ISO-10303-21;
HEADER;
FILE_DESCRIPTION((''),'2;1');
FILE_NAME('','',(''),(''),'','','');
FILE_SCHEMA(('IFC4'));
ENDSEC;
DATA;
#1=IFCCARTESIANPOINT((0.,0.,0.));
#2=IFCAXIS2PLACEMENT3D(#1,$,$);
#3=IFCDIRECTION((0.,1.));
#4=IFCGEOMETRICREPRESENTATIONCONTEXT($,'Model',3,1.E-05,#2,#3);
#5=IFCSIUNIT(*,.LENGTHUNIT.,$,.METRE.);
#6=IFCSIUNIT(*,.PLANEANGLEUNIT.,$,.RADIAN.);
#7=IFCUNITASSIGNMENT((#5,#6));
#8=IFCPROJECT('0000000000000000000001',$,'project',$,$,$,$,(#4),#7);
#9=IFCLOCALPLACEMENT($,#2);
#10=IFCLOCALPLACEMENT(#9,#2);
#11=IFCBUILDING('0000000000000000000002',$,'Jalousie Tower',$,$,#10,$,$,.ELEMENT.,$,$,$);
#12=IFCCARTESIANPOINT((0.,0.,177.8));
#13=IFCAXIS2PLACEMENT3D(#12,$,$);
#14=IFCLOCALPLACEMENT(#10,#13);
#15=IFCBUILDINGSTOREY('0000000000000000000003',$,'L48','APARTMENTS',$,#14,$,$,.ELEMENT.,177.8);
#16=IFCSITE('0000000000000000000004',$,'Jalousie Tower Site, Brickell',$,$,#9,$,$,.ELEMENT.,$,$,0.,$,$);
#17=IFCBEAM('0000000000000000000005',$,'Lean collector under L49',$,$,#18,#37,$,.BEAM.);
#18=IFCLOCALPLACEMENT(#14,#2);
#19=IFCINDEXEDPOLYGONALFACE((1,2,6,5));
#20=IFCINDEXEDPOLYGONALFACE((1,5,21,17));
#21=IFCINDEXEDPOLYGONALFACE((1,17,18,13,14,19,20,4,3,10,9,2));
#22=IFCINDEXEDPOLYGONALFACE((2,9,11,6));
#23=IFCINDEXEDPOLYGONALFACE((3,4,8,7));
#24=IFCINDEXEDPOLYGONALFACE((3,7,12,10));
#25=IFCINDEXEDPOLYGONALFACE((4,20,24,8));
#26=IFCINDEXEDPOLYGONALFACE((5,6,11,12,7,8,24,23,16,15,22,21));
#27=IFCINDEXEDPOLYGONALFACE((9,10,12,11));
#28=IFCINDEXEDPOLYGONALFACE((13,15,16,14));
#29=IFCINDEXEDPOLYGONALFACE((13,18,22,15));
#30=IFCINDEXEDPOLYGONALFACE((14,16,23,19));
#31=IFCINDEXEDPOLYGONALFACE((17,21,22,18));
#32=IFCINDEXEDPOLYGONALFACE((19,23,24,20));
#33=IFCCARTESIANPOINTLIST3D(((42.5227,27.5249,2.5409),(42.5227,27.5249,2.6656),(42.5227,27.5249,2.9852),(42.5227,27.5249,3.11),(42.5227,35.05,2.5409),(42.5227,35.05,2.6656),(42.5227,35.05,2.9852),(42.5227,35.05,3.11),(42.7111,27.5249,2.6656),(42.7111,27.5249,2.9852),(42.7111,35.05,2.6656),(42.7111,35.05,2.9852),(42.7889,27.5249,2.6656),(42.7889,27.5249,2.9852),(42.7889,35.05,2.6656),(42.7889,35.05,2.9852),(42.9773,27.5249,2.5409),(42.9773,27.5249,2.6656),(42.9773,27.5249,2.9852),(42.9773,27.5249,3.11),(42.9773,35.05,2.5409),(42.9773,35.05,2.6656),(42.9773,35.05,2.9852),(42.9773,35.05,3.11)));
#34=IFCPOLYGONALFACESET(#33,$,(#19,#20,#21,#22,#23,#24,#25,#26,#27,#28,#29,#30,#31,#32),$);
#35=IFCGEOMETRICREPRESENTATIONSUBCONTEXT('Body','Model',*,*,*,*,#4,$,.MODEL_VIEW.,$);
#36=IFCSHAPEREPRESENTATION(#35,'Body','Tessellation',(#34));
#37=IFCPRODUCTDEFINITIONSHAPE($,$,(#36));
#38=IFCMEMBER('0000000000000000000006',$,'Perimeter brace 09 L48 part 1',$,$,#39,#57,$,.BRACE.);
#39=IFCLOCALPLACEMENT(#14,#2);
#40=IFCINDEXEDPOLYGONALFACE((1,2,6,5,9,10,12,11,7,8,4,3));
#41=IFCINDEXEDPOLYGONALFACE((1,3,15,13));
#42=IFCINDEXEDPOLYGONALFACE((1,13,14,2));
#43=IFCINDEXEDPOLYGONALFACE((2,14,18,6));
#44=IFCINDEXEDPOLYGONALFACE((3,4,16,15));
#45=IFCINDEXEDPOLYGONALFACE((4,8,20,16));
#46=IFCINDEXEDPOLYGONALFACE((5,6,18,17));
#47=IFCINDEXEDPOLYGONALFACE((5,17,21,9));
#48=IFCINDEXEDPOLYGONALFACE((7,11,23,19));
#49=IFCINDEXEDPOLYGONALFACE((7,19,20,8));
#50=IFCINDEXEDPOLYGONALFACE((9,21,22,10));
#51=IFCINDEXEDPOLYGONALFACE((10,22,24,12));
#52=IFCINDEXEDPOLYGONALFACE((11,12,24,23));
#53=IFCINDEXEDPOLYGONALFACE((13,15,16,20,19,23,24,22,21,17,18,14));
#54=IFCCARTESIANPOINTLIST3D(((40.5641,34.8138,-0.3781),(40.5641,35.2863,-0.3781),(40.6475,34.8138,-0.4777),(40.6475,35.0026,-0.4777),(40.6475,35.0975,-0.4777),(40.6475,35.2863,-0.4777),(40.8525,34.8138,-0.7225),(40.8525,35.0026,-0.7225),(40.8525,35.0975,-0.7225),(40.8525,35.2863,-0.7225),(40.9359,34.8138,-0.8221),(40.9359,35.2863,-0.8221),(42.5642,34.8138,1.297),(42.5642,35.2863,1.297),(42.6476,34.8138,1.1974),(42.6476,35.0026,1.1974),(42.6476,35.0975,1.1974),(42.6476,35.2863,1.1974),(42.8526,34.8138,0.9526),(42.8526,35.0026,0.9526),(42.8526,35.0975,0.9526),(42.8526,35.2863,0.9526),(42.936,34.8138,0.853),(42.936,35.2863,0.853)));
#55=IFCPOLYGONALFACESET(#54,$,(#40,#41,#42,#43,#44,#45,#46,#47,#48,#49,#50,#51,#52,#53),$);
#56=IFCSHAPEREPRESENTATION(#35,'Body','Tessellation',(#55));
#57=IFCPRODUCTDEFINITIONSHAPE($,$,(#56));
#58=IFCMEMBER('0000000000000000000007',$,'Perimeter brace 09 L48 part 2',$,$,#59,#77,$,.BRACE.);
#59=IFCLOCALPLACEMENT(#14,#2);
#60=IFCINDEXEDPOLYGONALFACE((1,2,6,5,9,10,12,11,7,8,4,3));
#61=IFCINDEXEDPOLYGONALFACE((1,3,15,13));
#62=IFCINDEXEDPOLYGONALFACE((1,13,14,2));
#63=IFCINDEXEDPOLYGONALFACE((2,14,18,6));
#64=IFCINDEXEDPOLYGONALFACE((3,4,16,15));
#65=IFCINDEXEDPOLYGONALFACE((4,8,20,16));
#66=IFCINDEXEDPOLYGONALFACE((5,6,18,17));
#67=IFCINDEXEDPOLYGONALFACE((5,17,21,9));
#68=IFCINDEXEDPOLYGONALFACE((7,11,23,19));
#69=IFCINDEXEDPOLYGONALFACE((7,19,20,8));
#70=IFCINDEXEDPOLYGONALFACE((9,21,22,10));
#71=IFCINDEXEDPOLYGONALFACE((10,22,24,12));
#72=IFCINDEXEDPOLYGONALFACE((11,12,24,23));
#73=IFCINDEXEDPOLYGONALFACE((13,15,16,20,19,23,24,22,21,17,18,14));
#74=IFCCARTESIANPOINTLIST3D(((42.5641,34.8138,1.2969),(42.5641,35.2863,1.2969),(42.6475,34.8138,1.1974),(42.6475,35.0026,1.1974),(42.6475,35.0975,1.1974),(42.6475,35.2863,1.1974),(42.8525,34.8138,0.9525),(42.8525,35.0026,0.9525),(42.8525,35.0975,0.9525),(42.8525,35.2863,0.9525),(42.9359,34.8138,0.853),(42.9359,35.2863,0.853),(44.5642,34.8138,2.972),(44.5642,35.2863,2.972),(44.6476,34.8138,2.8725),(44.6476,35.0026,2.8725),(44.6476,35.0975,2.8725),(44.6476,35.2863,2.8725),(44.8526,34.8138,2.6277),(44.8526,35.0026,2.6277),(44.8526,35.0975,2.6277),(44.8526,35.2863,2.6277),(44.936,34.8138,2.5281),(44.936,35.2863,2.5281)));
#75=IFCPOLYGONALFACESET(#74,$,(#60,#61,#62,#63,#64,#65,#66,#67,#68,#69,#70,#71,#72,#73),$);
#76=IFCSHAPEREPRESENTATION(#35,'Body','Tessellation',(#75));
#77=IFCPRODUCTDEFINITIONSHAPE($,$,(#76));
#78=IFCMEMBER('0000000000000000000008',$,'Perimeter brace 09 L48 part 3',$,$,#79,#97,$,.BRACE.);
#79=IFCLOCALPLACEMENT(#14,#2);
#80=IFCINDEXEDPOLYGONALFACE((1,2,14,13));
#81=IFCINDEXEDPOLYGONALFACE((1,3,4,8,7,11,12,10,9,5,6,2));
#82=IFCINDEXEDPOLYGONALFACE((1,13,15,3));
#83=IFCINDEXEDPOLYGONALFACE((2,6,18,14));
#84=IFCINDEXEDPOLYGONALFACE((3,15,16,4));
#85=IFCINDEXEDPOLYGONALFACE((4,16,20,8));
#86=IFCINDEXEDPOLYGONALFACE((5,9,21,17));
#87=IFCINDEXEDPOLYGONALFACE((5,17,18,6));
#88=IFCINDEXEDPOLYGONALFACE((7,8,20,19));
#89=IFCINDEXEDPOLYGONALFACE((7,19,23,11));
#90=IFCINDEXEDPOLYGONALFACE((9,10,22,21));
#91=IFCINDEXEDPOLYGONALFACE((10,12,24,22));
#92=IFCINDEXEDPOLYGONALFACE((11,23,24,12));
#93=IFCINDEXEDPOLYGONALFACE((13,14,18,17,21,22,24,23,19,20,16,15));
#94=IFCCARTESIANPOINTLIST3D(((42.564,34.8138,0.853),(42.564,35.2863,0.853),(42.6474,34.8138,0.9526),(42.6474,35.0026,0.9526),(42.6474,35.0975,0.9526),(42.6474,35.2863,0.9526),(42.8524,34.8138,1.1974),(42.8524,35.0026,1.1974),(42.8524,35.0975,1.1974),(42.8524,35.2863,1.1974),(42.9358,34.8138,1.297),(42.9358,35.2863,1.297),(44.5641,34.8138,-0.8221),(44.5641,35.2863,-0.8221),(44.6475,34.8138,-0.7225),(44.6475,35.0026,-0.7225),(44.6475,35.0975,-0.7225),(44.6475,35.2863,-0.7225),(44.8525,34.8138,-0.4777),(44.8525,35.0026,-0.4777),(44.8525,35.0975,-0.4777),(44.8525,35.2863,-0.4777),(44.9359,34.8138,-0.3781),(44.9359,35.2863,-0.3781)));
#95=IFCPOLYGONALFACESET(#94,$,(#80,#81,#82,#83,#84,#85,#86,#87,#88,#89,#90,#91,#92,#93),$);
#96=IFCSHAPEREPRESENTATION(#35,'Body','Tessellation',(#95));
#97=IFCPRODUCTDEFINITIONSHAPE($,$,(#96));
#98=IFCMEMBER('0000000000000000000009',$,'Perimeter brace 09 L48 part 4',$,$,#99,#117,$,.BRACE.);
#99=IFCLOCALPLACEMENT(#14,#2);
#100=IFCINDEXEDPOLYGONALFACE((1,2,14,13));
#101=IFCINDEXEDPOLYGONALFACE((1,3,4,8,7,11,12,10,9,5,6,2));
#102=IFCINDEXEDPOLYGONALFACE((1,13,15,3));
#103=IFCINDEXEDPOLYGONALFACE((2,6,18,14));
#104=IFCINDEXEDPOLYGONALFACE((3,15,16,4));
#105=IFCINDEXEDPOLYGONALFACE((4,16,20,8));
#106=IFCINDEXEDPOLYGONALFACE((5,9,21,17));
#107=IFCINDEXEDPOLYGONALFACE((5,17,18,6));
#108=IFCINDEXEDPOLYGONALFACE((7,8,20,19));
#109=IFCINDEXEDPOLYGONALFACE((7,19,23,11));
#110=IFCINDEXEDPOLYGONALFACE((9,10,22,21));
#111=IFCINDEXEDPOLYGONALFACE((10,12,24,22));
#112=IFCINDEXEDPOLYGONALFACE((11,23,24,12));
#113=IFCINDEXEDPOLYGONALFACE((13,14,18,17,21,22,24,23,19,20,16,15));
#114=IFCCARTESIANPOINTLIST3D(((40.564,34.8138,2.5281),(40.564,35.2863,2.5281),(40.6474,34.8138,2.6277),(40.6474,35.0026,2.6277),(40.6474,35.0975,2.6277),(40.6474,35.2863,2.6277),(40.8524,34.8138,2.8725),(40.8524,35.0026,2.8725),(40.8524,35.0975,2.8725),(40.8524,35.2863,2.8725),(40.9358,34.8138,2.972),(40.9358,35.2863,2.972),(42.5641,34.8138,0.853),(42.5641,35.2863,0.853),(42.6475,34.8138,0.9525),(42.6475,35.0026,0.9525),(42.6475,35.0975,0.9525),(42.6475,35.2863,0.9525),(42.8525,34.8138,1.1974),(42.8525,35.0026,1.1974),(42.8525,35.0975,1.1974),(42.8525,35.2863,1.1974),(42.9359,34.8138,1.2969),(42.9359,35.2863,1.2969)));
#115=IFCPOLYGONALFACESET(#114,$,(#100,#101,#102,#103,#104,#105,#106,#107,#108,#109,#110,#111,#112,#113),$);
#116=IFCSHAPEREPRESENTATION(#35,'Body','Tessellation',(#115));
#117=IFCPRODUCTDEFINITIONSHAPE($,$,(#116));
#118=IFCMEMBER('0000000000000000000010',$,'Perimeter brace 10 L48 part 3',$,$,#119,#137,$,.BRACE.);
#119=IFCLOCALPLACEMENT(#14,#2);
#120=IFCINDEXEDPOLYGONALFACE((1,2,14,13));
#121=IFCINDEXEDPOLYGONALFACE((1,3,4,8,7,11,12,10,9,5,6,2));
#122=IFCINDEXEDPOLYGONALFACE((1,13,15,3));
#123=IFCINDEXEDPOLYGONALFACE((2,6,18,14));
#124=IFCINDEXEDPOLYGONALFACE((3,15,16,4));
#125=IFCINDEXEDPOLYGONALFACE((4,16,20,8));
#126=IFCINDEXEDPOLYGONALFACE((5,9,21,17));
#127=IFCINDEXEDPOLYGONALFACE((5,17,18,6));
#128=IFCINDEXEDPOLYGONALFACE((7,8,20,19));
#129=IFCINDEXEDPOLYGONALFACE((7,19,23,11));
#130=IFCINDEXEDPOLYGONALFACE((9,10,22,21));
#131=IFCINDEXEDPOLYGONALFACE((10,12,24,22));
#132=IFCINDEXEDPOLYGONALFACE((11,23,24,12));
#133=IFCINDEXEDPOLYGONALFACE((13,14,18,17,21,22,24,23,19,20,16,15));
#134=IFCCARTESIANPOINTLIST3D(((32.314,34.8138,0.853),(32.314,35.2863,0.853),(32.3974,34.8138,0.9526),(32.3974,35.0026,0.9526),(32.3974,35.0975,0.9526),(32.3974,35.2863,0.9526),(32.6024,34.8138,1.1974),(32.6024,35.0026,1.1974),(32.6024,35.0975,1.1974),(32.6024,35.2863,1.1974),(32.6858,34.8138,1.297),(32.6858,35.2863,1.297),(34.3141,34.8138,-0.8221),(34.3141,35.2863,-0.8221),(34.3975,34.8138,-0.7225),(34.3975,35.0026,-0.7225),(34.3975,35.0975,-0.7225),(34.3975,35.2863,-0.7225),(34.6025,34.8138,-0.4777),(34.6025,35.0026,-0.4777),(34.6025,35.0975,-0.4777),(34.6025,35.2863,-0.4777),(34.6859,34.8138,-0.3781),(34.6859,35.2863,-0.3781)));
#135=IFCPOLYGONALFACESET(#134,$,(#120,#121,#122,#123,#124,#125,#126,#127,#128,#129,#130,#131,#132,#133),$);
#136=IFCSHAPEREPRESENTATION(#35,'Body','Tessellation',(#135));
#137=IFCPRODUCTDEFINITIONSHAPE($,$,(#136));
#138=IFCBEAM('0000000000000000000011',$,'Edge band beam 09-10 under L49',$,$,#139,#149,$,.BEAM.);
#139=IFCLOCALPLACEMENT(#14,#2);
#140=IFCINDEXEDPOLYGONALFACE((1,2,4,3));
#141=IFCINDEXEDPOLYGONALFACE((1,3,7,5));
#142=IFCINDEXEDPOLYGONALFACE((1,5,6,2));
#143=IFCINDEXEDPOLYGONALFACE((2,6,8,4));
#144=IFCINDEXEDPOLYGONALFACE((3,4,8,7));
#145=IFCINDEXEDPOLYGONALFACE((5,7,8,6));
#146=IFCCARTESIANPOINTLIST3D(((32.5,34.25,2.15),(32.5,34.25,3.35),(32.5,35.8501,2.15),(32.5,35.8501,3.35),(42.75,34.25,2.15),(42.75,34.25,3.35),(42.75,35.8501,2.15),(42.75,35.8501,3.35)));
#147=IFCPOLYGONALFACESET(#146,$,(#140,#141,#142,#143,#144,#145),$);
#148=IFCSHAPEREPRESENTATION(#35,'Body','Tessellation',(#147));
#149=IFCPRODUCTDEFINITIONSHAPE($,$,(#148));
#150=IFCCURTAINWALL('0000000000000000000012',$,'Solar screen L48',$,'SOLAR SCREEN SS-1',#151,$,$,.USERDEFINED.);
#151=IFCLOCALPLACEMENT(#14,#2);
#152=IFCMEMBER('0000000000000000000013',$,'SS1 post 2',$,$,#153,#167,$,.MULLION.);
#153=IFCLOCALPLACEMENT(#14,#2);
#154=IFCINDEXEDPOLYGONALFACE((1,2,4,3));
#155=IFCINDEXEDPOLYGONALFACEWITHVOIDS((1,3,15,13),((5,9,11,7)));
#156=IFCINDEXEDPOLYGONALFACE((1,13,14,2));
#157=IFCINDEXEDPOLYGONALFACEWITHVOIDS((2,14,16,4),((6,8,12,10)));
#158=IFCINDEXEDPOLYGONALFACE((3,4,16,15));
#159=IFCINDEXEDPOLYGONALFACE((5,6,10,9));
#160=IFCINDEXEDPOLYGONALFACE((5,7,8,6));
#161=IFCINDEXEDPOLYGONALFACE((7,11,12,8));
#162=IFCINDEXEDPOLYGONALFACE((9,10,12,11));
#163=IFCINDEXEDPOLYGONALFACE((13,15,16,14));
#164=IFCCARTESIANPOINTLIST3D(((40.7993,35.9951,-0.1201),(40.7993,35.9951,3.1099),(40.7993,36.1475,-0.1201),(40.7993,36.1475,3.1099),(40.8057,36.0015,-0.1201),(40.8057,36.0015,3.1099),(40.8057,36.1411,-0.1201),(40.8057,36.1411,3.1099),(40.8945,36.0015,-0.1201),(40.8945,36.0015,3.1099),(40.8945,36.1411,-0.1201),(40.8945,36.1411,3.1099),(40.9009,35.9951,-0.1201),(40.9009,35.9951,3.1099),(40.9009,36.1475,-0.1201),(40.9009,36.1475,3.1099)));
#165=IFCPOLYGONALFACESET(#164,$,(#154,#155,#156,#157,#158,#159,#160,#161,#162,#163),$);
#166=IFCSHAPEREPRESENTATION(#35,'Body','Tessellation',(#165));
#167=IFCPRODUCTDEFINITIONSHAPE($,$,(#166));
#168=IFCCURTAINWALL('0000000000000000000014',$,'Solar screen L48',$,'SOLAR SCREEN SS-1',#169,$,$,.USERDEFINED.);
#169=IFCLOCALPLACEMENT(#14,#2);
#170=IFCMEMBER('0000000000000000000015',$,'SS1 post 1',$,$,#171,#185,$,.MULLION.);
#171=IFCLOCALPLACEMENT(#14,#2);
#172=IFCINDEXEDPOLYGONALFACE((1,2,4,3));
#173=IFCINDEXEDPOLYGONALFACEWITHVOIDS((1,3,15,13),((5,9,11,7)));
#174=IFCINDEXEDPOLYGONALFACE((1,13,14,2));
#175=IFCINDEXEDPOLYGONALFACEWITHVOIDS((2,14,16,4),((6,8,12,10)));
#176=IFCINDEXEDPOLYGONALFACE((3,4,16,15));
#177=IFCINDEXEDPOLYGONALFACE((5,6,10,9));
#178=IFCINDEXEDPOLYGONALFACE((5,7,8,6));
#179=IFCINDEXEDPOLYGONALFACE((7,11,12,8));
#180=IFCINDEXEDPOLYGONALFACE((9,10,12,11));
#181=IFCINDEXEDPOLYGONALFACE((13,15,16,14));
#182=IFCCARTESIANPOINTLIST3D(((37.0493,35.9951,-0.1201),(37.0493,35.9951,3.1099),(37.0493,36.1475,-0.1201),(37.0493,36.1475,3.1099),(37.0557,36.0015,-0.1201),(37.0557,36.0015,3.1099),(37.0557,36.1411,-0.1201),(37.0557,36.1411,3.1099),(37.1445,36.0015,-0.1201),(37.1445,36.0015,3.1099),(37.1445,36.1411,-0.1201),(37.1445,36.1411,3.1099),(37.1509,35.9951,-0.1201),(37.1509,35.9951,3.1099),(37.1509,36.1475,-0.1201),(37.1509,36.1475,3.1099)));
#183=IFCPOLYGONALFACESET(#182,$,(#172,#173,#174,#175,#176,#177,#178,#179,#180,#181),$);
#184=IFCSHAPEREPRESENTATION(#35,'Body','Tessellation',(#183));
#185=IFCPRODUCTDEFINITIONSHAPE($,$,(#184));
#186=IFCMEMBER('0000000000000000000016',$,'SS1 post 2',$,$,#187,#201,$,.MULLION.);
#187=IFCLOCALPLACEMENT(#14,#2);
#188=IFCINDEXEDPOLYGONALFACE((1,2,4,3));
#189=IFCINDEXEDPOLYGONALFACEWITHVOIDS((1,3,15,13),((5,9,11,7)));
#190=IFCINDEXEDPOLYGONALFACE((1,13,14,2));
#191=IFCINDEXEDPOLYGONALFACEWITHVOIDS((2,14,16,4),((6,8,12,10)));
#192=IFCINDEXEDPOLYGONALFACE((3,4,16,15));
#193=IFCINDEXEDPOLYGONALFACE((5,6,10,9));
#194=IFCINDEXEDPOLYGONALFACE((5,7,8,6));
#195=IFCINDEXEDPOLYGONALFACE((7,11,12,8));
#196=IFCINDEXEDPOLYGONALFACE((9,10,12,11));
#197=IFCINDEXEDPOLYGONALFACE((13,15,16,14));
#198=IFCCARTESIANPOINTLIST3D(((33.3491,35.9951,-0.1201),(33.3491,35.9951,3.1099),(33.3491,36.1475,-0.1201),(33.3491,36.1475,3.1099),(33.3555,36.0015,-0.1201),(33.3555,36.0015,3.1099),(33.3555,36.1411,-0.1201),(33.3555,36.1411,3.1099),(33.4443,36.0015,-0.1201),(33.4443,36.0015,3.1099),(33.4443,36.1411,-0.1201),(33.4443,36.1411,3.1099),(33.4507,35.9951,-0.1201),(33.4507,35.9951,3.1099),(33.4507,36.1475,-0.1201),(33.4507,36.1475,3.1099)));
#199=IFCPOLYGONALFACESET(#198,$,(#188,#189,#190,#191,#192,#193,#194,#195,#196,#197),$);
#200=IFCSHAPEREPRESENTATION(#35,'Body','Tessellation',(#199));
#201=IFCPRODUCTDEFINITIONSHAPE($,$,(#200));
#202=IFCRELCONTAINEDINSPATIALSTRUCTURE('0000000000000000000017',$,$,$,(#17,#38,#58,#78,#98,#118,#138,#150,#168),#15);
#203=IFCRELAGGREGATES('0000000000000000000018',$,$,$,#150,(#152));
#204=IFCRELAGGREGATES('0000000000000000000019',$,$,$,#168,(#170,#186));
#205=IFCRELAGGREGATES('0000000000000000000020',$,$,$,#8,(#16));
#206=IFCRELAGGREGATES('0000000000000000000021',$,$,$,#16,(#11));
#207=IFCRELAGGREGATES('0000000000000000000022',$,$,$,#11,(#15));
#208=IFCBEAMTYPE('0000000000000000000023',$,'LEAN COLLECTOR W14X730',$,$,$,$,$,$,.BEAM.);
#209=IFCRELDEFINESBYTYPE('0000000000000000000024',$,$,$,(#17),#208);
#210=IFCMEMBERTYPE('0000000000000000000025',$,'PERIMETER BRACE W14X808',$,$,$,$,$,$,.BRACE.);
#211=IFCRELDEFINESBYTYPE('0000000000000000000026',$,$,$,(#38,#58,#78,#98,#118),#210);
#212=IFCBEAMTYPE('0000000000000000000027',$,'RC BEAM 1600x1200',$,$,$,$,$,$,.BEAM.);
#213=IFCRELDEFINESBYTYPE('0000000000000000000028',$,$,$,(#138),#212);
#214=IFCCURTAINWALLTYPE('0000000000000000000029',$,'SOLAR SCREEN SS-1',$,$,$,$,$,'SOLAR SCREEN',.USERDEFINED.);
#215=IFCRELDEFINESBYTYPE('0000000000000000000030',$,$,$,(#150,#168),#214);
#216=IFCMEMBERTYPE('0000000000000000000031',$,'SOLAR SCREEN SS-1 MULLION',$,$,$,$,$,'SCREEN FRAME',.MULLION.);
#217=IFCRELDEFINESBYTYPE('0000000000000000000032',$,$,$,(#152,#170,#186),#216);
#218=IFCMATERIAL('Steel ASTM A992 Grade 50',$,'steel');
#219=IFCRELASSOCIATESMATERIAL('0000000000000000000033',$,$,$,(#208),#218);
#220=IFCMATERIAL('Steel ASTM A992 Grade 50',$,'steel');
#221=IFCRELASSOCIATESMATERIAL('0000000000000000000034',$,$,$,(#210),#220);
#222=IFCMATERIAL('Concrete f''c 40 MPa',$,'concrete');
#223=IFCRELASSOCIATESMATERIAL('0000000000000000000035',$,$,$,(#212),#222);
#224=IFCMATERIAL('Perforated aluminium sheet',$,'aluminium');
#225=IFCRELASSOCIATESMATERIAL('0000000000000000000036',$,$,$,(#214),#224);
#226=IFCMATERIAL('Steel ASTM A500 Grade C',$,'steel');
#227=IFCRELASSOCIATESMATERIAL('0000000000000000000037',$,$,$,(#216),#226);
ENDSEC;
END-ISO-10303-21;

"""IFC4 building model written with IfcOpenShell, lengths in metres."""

from ifc_helpers import new_model, si_unit, direction, frame, origin, origin_2d, place, context, subcontext, project, spatial, rectangle, hollow_rectangle, i_section, extrude, material, material_profile, profile_set, type_object, element, aggregate, save


model = new_model("IFC4")

# Units and contexts
model_context = context("Model", 3, precision=1e-05, world=origin(), true_north=direction((0.0, 1.0)))
body_context = subcontext(model_context, "Body", "Model", "MODEL_VIEW")
ifc_project = project(units=[si_unit("LENGTHUNIT", "METRE"), si_unit("PLANEANGLEUNIT", "RADIAN")], contexts=[model_context])

# Site, building, storey
site_placement = place(None, origin())
site = spatial("IfcSite", under=ifc_project, at=site_placement, Name="Jalousie Tower Site, Brickell", CompositionType="ELEMENT", RefElevation=0.0)
building_placement = place(site_placement, origin())
building = spatial("IfcBuilding", under=site, at=building_placement, Name="Jalousie Tower", CompositionType="ELEMENT")
storey_placement = place(building_placement, frame((0.0, 0.0, 177.8)))
storey = spatial("IfcBuildingStorey", under=building, at=storey_placement, Name="L48", Description="APARTMENTS", CompositionType="ELEMENT", Elevation=177.8)

# Beam
ifc_material_1 = material(Name="Steel ASTM A992 Grade 50", Category="steel")
ifc_material_profile_1 = material_profile(ifc_material_1, i_section(OverallWidth=0.4546, OverallDepth=0.5691, WebThickness=0.0779, FlangeThickness=0.1248, at=origin_2d()), Name="W14X730")
ifc_profile_set_1 = profile_set([ifc_material_profile_1], Name="Steel ASTM A992 Grade 50")
beam_type_1 = type_object("IfcBeamType", Name="LEAN COLLECTOR W14X730", PredefinedType="BEAM", material=ifc_profile_set_1)
beam_1_placement = place(storey_placement, frame((42.75, 35.05, 2.8254), z_axis=(0.0, -1.0, 0.0), x_axis=(1.0, 0.0, 0.0)))
element("IfcBeam", 1, at=beam_1_placement, inside=storey, type_object=beam_type_1, Name="Lean collector under L49", PredefinedType="BEAM", context=body_context, shape_type="SweptSolid", body=[
    extrude(i_section(OverallWidth=0.4546, OverallDepth=0.5691, WebThickness=0.0779, FlangeThickness=0.1248, at=origin_2d()), origin(), (0.0, 0.0, 1.0), 7.5251),
])

# Members
ifc_material_2 = material(Name="Steel ASTM A992 Grade 50", Category="steel")
ifc_material_profile_2 = material_profile(ifc_material_2, i_section(OverallWidth=0.4724, OverallDepth=0.5791, WebThickness=0.095, FlangeThickness=0.1299, at=origin_2d()), Name="W14X808")
ifc_profile_set_2 = profile_set([ifc_material_profile_2], Name="Steel ASTM A992 Grade 50")
member_type_1 = type_object("IfcMemberType", Name="PERIMETER BRACE W14X808", PredefinedType="BRACE", material=ifc_profile_set_2)
for number, where, z_axis, x_axis, name in (
    (2, (40.75, 35.05, -0.6001), (0.766639, 0.0, 0.642079), (0.0, 1.0, 0.0), "Perimeter brace 09 L48 part 1"),
    (3, (42.75, 35.05, 1.075), (0.766639, 0.0, 0.642079), (0.0, 1.0, 0.0), "Perimeter brace 09 L48 part 2"),
    (4, (44.75, 35.05, -0.6001), (-0.766639, 0.0, 0.642079), (0.0, -1.0, 0.0), "Perimeter brace 09 L48 part 3"),
    (5, (42.75, 35.05, 1.075), (-0.766639, 0.0, 0.642079), (0.0, -1.0, 0.0), "Perimeter brace 09 L48 part 4"),
    (6, (34.5, 35.05, -0.6001), (-0.766639, 0.0, 0.642079), (0.0, -1.0, 0.0), "Perimeter brace 10 L48 part 3"),
):
    element("IfcMember", number, at=place(storey_placement, frame(where, z_axis=z_axis, x_axis=x_axis)), inside=storey, type_object=member_type_1, Name=name, PredefinedType="BRACE", context=body_context, shape_type="SweptSolid", body=[
        extrude(i_section(OverallWidth=0.4724, OverallDepth=0.5791, WebThickness=0.095, FlangeThickness=0.1299, at=origin_2d()), origin(), (0.0, 0.0, 1.0), 2.6089),
    ])

# Beam
ifc_material_3 = material(Name="Concrete f'c 40 MPa", Category="concrete")
ifc_material_profile_3 = material_profile(ifc_material_3, rectangle(XDim=1.6001, YDim=1.2, at=origin_2d()), Name="RC 1600x1200")
ifc_profile_set_3 = profile_set([ifc_material_profile_3], Name="Concrete f'c 40 MPa")
beam_type_2 = type_object("IfcBeamType", Name="RC BEAM 1600x1200", PredefinedType="BEAM", material=ifc_profile_set_3)
beam_2_placement = place(storey_placement, frame((42.75, 35.05, 2.75), z_axis=(-1.0, 0.0, 0.0), x_axis=(0.0, -1.0, 0.0)))
element("IfcBeam", 7, at=beam_2_placement, inside=storey, type_object=beam_type_2, Name="Edge band beam 09-10 under L49", PredefinedType="BEAM", context=body_context, shape_type="SweptSolid", body=[
    extrude(rectangle(XDim=1.6001, YDim=1.2, at=origin_2d()), origin(), (0.0, 0.0, 1.0), 10.25),
])

# Curtain wall, member
ifc_material_4 = material(Name="Perforated aluminium sheet", Category="aluminium")
curtain_wall_type = type_object("IfcCurtainWallType", Name="SOLAR SCREEN SS-1", ElementType="SOLAR SCREEN", PredefinedType="USERDEFINED", material=ifc_material_4)
curtain_wall_1_placement = place(storey_placement, origin())
curtain_wall_1 = element("IfcCurtainWall", 8, at=curtain_wall_1_placement, inside=storey, type_object=curtain_wall_type, Name="Solar screen L48", ObjectType="SOLAR SCREEN SS-1", PredefinedType="USERDEFINED")
ifc_material_5 = material(Name="Steel ASTM A500 Grade C", Category="steel")
ifc_material_profile_4 = material_profile(ifc_material_5, hollow_rectangle(XDim=0.1016, YDim=0.1523, WallThickness=0.0063, at=origin_2d()), Name="HSS6X4X1/4")
ifc_profile_set_4 = profile_set([ifc_material_profile_4], Name="Steel ASTM A500 Grade C")
member_type_2 = type_object("IfcMemberType", Name="SOLAR SCREEN SS-1 MULLION", ElementType="SCREEN FRAME", PredefinedType="MULLION", material=ifc_profile_set_4)
member_1_placement = place(storey_placement, frame((40.8501, 36.0713, -0.1201), z_axis=(0.0, 0.0, 1.0), x_axis=(-1.0, 0.0, 0.0)))
member_1 = element("IfcMember", 9, at=member_1_placement, type_object=member_type_2, Name="SS1 post 2", PredefinedType="MULLION", context=body_context, shape_type="SweptSolid", body=[
    extrude(hollow_rectangle(XDim=0.1016, YDim=0.1523, WallThickness=0.0063, at=origin_2d()), origin(), (0.0, 0.0, 1.0), 3.23),
])

# Curtain wall, members
curtain_wall_2_placement = place(storey_placement, origin())
curtain_wall_2 = element("IfcCurtainWall", 10, at=curtain_wall_2_placement, inside=storey, type_object=curtain_wall_type, Name="Solar screen L48", ObjectType="SOLAR SCREEN SS-1", PredefinedType="USERDEFINED")
member_2_placement = place(storey_placement, frame((37.1001, 36.0713, -0.1201), z_axis=(0.0, 0.0, 1.0), x_axis=(-1.0, 0.0, 0.0)))
member_2 = element("IfcMember", 11, at=member_2_placement, type_object=member_type_2, Name="SS1 post 1", PredefinedType="MULLION", context=body_context, shape_type="SweptSolid", body=[
    extrude(hollow_rectangle(XDim=0.1016, YDim=0.1523, WallThickness=0.0063, at=origin_2d()), origin(), (0.0, 0.0, 1.0), 3.23),
])
member_3_placement = place(storey_placement, frame((33.3999, 36.0713, -0.1201), z_axis=(0.0, 0.0, 1.0), x_axis=(-1.0, 0.0, 0.0)))
member_3 = element("IfcMember", 12, at=member_3_placement, type_object=member_type_2, Name="SS1 post 2", PredefinedType="MULLION", context=body_context, shape_type="SweptSolid", body=[
    extrude(hollow_rectangle(XDim=0.1016, YDim=0.1523, WallThickness=0.0063, at=origin_2d()), origin(), (0.0, 0.0, 1.0), 3.23),
])

aggregate(curtain_wall_1, [member_1])
aggregate(curtain_wall_2, [member_2, member_3])

save(model, "model.ifc")
